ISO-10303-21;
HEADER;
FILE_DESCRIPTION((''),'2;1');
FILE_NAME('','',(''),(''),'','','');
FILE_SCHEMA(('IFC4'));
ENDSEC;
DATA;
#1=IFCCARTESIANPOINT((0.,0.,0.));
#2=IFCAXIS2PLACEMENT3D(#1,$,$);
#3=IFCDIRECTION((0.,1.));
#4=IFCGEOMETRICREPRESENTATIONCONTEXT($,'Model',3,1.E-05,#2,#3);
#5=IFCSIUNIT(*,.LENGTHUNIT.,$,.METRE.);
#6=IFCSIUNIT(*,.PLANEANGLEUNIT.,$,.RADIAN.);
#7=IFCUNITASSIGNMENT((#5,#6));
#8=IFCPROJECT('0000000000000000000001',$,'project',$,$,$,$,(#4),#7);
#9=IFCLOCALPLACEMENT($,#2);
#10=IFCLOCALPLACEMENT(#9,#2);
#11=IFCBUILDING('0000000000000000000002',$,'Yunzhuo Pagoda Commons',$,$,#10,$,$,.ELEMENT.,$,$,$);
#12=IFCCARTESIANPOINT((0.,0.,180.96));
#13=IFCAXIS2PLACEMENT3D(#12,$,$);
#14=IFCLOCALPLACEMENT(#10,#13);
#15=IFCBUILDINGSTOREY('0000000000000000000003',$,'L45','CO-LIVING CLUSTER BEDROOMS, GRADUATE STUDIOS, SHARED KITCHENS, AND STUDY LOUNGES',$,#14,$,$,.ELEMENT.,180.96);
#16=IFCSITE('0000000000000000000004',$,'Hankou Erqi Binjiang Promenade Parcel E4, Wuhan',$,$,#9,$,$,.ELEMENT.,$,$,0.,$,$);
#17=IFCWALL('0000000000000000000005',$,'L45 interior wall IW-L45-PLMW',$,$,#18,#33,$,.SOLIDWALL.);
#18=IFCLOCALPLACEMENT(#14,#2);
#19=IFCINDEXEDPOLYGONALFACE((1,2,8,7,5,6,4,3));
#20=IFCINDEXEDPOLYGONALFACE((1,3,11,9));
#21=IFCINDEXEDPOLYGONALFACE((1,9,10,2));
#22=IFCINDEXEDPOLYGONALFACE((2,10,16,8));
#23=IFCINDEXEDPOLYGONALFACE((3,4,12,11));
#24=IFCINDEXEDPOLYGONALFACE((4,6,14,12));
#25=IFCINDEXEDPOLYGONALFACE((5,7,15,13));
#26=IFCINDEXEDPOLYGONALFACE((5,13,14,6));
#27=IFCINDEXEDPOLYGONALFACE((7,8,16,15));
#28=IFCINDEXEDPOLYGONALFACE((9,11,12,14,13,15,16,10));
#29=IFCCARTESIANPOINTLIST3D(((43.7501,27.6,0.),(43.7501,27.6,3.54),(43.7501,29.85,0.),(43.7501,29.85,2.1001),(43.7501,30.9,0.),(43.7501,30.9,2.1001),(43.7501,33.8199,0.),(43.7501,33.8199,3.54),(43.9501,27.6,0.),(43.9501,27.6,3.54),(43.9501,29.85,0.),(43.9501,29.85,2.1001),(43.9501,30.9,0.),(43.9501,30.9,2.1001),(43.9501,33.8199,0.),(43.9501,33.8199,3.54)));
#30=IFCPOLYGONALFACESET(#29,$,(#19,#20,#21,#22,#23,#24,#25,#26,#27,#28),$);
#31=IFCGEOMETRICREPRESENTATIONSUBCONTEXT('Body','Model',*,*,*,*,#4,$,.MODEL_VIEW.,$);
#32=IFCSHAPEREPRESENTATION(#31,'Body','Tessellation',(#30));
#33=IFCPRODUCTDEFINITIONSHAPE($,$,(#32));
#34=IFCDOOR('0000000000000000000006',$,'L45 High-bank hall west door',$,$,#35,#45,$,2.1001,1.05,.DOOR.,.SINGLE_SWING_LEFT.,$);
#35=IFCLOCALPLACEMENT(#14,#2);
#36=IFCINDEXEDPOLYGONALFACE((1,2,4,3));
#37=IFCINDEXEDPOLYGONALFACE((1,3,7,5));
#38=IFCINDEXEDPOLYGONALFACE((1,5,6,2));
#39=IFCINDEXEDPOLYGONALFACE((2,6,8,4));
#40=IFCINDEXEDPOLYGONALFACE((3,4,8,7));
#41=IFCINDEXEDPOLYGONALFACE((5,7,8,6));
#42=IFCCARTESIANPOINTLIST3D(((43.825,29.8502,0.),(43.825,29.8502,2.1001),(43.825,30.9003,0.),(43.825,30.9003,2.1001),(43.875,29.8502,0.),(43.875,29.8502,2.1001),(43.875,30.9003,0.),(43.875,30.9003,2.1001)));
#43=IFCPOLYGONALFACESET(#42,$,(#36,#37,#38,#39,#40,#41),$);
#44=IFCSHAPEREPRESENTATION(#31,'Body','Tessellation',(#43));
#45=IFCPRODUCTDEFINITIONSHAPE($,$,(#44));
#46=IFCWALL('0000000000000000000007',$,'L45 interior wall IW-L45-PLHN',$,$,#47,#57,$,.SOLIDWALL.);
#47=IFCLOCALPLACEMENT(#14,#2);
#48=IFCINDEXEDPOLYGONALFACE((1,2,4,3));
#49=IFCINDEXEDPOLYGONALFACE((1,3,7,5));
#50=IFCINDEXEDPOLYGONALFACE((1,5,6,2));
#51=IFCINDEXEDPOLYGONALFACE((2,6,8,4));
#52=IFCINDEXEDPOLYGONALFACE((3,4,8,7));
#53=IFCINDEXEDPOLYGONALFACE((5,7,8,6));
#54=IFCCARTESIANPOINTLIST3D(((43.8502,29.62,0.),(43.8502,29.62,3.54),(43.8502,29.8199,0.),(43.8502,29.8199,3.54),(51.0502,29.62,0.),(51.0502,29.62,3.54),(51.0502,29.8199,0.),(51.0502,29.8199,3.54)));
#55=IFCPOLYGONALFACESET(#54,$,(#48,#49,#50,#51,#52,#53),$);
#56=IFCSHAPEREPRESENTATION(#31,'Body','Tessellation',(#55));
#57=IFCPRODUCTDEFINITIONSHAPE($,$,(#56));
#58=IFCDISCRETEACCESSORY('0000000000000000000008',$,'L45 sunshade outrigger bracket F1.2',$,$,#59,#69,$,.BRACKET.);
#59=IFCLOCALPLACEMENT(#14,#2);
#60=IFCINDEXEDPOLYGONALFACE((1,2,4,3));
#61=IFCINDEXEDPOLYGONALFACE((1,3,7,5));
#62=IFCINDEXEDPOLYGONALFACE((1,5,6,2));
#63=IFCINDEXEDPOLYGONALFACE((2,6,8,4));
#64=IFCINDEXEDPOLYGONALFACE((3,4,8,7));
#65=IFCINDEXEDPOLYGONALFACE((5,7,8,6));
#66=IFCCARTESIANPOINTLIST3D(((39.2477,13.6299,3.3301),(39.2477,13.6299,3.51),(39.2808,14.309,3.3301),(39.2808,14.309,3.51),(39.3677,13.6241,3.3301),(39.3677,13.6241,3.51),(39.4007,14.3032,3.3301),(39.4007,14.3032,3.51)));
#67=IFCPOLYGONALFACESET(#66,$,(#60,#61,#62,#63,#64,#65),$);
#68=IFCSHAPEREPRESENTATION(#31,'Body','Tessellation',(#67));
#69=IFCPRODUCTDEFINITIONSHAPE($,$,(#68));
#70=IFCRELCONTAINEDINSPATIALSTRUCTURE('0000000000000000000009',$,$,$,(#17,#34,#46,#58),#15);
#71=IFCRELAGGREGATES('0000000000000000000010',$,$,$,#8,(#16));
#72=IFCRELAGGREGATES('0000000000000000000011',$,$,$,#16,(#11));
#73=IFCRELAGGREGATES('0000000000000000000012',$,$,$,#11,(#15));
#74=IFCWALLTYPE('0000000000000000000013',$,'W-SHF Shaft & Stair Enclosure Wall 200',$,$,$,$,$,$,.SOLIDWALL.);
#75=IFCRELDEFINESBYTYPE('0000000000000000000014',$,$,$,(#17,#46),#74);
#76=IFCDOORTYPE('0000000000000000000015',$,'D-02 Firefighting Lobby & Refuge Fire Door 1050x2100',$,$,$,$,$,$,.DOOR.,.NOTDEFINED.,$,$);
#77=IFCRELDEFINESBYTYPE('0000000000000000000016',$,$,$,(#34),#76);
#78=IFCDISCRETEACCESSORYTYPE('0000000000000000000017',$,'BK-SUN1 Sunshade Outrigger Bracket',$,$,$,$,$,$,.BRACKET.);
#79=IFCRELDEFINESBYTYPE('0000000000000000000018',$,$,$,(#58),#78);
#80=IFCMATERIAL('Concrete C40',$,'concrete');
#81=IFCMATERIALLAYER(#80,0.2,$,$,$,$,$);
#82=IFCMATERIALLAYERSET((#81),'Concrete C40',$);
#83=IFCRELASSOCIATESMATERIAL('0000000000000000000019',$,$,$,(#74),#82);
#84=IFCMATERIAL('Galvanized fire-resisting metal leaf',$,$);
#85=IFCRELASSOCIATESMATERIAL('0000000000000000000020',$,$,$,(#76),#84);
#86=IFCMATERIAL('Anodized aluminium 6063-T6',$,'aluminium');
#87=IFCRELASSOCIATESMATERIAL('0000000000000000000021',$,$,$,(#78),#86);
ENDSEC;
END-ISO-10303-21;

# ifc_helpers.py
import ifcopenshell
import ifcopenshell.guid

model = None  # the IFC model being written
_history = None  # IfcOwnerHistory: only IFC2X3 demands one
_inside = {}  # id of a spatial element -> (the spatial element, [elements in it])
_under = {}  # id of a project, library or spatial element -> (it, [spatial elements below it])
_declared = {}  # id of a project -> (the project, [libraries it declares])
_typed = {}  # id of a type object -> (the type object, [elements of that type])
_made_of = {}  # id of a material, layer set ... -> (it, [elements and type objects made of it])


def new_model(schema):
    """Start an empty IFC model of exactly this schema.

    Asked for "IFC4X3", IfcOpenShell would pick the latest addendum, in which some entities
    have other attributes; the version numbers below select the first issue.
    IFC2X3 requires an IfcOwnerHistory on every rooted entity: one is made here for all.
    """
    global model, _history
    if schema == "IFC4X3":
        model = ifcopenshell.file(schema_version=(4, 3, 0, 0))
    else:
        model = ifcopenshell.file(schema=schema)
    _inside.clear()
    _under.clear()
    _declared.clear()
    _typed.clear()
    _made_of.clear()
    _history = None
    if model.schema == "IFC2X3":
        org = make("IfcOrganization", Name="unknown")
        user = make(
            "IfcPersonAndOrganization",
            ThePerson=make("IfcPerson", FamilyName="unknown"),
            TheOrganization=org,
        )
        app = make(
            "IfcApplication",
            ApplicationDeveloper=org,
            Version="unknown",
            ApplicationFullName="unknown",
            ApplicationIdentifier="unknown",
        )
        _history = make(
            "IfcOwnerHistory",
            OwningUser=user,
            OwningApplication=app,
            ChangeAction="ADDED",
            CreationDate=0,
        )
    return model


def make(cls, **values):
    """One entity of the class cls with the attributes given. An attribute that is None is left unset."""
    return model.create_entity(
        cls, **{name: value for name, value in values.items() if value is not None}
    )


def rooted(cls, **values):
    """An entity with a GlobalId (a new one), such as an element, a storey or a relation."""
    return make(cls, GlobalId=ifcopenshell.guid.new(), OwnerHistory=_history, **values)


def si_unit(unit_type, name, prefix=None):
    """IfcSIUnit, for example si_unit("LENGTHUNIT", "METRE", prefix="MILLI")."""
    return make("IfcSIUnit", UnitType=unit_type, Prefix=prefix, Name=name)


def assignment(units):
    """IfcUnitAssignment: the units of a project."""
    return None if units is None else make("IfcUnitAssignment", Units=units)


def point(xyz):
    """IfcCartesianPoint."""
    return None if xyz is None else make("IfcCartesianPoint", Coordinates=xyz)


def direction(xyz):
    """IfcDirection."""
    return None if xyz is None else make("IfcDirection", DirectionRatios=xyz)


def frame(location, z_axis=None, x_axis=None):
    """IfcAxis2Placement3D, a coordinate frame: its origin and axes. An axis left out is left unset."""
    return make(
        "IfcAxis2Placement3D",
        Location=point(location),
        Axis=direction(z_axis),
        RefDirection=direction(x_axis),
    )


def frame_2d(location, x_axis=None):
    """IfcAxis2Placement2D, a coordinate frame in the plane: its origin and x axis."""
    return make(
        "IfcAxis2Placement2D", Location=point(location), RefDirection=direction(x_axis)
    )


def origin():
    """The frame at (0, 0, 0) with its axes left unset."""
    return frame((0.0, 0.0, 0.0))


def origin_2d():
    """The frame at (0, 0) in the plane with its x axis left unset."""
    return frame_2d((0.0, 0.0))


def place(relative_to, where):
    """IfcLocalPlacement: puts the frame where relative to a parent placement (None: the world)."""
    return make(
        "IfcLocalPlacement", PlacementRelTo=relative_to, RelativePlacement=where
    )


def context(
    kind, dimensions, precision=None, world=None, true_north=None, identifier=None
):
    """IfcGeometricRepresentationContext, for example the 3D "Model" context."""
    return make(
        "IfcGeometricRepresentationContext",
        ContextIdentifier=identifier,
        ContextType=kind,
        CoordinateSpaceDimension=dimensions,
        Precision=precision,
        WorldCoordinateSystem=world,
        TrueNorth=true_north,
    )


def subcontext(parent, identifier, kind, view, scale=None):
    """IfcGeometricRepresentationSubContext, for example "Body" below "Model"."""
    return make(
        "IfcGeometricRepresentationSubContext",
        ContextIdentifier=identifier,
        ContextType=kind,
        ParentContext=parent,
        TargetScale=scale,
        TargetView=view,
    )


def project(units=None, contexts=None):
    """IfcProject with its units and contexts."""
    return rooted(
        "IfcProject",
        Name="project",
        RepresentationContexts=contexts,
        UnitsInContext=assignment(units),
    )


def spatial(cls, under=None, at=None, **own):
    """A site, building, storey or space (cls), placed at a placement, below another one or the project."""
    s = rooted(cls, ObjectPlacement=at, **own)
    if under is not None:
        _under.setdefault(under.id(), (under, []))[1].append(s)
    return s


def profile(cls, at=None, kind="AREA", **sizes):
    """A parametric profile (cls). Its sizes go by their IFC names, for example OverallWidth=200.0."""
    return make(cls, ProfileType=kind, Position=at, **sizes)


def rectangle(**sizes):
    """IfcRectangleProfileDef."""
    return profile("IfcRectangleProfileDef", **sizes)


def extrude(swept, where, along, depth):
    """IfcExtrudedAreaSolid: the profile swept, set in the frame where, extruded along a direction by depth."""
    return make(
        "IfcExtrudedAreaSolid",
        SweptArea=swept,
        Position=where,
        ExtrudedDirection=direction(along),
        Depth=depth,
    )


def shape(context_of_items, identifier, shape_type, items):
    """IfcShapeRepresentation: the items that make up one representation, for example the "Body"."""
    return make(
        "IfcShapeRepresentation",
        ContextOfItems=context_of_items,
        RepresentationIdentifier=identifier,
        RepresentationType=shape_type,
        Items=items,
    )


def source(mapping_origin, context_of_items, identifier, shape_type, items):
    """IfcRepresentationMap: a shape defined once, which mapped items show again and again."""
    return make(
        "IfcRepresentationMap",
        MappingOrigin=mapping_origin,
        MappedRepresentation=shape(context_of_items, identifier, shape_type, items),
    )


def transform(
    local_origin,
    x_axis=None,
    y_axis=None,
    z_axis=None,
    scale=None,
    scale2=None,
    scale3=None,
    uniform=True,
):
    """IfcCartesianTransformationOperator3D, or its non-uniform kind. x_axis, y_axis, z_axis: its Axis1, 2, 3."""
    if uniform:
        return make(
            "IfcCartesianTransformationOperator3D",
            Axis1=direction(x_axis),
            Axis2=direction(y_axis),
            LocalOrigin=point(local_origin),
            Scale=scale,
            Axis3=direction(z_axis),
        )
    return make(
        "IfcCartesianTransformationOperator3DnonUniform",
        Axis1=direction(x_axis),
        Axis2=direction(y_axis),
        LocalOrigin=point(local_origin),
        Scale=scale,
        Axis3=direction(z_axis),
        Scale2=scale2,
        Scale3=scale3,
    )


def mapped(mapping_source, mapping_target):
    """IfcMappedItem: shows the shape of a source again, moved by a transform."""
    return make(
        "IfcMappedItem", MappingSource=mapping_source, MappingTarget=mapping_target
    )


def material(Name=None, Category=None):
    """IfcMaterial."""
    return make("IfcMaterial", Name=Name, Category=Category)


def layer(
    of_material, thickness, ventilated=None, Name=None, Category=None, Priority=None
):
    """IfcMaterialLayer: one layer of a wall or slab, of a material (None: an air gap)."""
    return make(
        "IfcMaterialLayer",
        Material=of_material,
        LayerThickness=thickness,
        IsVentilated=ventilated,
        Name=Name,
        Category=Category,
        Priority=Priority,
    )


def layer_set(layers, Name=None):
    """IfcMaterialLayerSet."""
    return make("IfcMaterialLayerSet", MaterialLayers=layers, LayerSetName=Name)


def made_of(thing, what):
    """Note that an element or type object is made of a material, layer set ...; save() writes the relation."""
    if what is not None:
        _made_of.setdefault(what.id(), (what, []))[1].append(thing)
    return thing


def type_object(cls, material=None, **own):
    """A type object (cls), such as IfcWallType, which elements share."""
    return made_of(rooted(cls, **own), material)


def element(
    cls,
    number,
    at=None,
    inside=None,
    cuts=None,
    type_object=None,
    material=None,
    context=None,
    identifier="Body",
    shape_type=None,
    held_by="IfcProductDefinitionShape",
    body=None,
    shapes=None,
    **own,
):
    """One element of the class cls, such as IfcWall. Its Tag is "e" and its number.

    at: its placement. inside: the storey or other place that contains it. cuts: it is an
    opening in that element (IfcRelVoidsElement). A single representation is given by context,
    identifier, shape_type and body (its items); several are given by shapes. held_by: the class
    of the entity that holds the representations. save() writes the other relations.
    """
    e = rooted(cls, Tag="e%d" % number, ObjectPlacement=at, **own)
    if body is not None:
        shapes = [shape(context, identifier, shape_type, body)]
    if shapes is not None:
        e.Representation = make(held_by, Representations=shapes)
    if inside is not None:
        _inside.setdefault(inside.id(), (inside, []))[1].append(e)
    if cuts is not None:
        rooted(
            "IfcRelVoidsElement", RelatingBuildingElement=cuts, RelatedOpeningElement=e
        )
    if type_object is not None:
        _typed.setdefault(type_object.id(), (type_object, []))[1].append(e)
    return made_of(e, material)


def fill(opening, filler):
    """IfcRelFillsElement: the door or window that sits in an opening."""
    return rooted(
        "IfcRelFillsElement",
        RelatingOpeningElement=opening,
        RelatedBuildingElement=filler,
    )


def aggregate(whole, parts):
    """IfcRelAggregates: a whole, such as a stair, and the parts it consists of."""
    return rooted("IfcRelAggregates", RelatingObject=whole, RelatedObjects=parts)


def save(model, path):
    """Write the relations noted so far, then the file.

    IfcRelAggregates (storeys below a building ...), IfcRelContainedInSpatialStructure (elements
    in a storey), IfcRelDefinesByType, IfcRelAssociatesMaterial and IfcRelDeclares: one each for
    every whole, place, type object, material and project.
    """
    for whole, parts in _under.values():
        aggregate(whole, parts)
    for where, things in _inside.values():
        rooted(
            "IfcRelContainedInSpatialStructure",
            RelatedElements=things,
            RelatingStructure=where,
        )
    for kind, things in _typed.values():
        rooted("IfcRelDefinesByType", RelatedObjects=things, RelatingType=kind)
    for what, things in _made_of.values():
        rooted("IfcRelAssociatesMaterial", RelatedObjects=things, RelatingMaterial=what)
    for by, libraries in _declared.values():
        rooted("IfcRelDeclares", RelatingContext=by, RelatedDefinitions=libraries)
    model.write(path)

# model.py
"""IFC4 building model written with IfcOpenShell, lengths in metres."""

from ifc_helpers import new_model, si_unit, direction, frame, frame_2d, origin, origin_2d, place, context, subcontext, project, spatial, rectangle, extrude, source, transform, mapped, material, layer, layer_set, type_object, element, fill, save


model = new_model("IFC4")

# Units and contexts
model_context = context("Model", 3, precision=1e-05, world=origin(), true_north=direction((0.0, 1.0)))
body_context = subcontext(model_context, "Body", "Model", "MODEL_VIEW")
ifc_project = project(units=[si_unit("LENGTHUNIT", "METRE"), si_unit("PLANEANGLEUNIT", "RADIAN")], contexts=[model_context])

# Site, building, storey
site_placement = place(None, origin())
site = spatial("IfcSite", under=ifc_project, at=site_placement, Name="Hankou Erqi Binjiang Promenade Parcel E4, Wuhan", CompositionType="ELEMENT", RefElevation=0.0)
building_placement = place(site_placement, origin())
building = spatial("IfcBuilding", under=site, at=building_placement, Name="Yunzhuo Pagoda Commons", CompositionType="ELEMENT")
storey_placement = place(building_placement, frame((0.0, 0.0, 180.96)))
storey = spatial("IfcBuildingStorey", under=building, at=storey_placement, Name="L45", Description="CO-LIVING CLUSTER BEDROOMS, GRADUATE STUDIOS, SHARED KITCHENS, AND STUDY LOUNGES", CompositionType="ELEMENT", Elevation=180.96)

# Shared definitions
ifc_material_1 = material(Name="Anodized aluminium 6063-T6", Category="aluminium")

# Shared definitions
ifc_material_2 = material(Name="Galvanized fire-resisting metal leaf")

# Wall, opening, door
ifc_material_3 = material(Name="Concrete C40", Category="concrete")
ifc_layer_1 = layer(ifc_material_3, 0.2)
ifc_layer_set_1 = layer_set([ifc_layer_1], Name="Concrete C40")
wall_type_1 = type_object("IfcWallType", Name="W-SHF Shaft & Stair Enclosure Wall 200", PredefinedType="SOLIDWALL", material=ifc_layer_set_1)
wall_1_placement = place(storey_placement, frame((43.8501, 27.6001, 0.0), z_axis=(0.0, 0.0, 1.0), x_axis=(0.0, 1.0, 0.0)))
wall_1 = element("IfcWall", 1, at=wall_1_placement, inside=storey, type_object=wall_type_1, Name="L45 interior wall IW-L45-PLMW", PredefinedType="SOLIDWALL", context=body_context, shape_type="SweptSolid", body=[
    extrude(rectangle(XDim=6.22, YDim=0.2, at=frame_2d((3.1099, 0.0))), origin(), (0.0, 0.0, 1.0), 3.54),
])
opening_1_placement = place(wall_1_placement, frame((2.25, 0.0, 0.0)))
opening_1 = element("IfcOpeningElement", 2, at=opening_1_placement, cuts=wall_1, PredefinedType="OPENING", context=body_context, shape_type="SweptSolid", body=[
    extrude(rectangle(XDim=1.05, YDim=2.1001, at=frame_2d((0.5249, 1.05))), frame((0.0, 0.1099, 0.0), z_axis=(0.0, -1.0, 0.0), x_axis=(1.0, 0.0, 0.0)), (0.0, 0.0, 1.0), 0.22),
])
door_type_1 = type_object("IfcDoorType", Name="D-02 Firefighting Lobby & Refuge Fire Door 1050x2100", OperationType="NOTDEFINED", PredefinedType="DOOR", material=ifc_material_2)
shared_shape_1 = source(origin(), body_context, "Body", "SweptSolid", [
    extrude(rectangle(XDim=1.05, YDim=2.1001, at=frame_2d((0.5249, 1.05))), frame((0.0, 0.0249, 0.0), z_axis=(0.0, -1.0, 0.0), x_axis=(1.0, 0.0, 0.0)), (0.0, 0.0, 1.0), 0.05),
])
door_1_placement = place(opening_1_placement, frame((1.05, 0.0, 0.0), z_axis=(0.0, 0.0, 1.0), x_axis=(-1.0, 0.0, 0.0)))
door_1 = element("IfcDoor", 3, at=door_1_placement, inside=storey, type_object=door_type_1, Name="L45 High-bank hall west door", OperationType="SINGLE_SWING_LEFT", OverallHeight=2.1001, OverallWidth=1.05, PredefinedType="DOOR", context=body_context, shape_type="MappedRepresentation", body=[
    mapped(shared_shape_1, transform((0.0, 0.0, 0.0), scale=1.0)),
])
fill(opening_1, door_1)

# Wall
wall_2_placement = place(storey_placement, frame((43.8501, 29.72, 0.0), z_axis=(0.0, 0.0, 1.0), x_axis=(1.0, 0.0, 0.0)))
element("IfcWall", 4, at=wall_2_placement, inside=storey, type_object=wall_type_1, Name="L45 interior wall IW-L45-PLHN", PredefinedType="SOLIDWALL", context=body_context, shape_type="SweptSolid", body=[
    extrude(rectangle(XDim=7.2, YDim=0.2, at=frame_2d((3.6001, 0.0))), origin(), (0.0, 0.0, 1.0), 3.54),
])

# Discrete accessory
discrete_accessory_type = type_object("IfcDiscreteAccessoryType", Name="BK-SUN1 Sunshade Outrigger Bracket", PredefinedType="BRACKET", material=ifc_material_1)
shared_shape_2 = source(origin(), body_context, "Body", "SweptSolid", [
    extrude(rectangle(XDim=0.1201, YDim=0.6799, at=origin_2d()), origin(), (0.0, 0.0, 1.0), 0.1799),
])
discrete_accessory_placement = place(storey_placement, frame((39.3242, 13.9666, 3.3301), z_axis=(0.0, 0.0, 1.0), x_axis=(0.998818, -0.048606, 0.0)))
element("IfcDiscreteAccessory", 5, at=discrete_accessory_placement, inside=storey, type_object=discrete_accessory_type, Name="L45 sunshade outrigger bracket F1.2", PredefinedType="BRACKET", context=body_context, shape_type="MappedRepresentation", body=[
    mapped(shared_shape_2, transform((0.0, 0.0, 0.0), scale=1.0)),
])

save(model, "model.ifc")
